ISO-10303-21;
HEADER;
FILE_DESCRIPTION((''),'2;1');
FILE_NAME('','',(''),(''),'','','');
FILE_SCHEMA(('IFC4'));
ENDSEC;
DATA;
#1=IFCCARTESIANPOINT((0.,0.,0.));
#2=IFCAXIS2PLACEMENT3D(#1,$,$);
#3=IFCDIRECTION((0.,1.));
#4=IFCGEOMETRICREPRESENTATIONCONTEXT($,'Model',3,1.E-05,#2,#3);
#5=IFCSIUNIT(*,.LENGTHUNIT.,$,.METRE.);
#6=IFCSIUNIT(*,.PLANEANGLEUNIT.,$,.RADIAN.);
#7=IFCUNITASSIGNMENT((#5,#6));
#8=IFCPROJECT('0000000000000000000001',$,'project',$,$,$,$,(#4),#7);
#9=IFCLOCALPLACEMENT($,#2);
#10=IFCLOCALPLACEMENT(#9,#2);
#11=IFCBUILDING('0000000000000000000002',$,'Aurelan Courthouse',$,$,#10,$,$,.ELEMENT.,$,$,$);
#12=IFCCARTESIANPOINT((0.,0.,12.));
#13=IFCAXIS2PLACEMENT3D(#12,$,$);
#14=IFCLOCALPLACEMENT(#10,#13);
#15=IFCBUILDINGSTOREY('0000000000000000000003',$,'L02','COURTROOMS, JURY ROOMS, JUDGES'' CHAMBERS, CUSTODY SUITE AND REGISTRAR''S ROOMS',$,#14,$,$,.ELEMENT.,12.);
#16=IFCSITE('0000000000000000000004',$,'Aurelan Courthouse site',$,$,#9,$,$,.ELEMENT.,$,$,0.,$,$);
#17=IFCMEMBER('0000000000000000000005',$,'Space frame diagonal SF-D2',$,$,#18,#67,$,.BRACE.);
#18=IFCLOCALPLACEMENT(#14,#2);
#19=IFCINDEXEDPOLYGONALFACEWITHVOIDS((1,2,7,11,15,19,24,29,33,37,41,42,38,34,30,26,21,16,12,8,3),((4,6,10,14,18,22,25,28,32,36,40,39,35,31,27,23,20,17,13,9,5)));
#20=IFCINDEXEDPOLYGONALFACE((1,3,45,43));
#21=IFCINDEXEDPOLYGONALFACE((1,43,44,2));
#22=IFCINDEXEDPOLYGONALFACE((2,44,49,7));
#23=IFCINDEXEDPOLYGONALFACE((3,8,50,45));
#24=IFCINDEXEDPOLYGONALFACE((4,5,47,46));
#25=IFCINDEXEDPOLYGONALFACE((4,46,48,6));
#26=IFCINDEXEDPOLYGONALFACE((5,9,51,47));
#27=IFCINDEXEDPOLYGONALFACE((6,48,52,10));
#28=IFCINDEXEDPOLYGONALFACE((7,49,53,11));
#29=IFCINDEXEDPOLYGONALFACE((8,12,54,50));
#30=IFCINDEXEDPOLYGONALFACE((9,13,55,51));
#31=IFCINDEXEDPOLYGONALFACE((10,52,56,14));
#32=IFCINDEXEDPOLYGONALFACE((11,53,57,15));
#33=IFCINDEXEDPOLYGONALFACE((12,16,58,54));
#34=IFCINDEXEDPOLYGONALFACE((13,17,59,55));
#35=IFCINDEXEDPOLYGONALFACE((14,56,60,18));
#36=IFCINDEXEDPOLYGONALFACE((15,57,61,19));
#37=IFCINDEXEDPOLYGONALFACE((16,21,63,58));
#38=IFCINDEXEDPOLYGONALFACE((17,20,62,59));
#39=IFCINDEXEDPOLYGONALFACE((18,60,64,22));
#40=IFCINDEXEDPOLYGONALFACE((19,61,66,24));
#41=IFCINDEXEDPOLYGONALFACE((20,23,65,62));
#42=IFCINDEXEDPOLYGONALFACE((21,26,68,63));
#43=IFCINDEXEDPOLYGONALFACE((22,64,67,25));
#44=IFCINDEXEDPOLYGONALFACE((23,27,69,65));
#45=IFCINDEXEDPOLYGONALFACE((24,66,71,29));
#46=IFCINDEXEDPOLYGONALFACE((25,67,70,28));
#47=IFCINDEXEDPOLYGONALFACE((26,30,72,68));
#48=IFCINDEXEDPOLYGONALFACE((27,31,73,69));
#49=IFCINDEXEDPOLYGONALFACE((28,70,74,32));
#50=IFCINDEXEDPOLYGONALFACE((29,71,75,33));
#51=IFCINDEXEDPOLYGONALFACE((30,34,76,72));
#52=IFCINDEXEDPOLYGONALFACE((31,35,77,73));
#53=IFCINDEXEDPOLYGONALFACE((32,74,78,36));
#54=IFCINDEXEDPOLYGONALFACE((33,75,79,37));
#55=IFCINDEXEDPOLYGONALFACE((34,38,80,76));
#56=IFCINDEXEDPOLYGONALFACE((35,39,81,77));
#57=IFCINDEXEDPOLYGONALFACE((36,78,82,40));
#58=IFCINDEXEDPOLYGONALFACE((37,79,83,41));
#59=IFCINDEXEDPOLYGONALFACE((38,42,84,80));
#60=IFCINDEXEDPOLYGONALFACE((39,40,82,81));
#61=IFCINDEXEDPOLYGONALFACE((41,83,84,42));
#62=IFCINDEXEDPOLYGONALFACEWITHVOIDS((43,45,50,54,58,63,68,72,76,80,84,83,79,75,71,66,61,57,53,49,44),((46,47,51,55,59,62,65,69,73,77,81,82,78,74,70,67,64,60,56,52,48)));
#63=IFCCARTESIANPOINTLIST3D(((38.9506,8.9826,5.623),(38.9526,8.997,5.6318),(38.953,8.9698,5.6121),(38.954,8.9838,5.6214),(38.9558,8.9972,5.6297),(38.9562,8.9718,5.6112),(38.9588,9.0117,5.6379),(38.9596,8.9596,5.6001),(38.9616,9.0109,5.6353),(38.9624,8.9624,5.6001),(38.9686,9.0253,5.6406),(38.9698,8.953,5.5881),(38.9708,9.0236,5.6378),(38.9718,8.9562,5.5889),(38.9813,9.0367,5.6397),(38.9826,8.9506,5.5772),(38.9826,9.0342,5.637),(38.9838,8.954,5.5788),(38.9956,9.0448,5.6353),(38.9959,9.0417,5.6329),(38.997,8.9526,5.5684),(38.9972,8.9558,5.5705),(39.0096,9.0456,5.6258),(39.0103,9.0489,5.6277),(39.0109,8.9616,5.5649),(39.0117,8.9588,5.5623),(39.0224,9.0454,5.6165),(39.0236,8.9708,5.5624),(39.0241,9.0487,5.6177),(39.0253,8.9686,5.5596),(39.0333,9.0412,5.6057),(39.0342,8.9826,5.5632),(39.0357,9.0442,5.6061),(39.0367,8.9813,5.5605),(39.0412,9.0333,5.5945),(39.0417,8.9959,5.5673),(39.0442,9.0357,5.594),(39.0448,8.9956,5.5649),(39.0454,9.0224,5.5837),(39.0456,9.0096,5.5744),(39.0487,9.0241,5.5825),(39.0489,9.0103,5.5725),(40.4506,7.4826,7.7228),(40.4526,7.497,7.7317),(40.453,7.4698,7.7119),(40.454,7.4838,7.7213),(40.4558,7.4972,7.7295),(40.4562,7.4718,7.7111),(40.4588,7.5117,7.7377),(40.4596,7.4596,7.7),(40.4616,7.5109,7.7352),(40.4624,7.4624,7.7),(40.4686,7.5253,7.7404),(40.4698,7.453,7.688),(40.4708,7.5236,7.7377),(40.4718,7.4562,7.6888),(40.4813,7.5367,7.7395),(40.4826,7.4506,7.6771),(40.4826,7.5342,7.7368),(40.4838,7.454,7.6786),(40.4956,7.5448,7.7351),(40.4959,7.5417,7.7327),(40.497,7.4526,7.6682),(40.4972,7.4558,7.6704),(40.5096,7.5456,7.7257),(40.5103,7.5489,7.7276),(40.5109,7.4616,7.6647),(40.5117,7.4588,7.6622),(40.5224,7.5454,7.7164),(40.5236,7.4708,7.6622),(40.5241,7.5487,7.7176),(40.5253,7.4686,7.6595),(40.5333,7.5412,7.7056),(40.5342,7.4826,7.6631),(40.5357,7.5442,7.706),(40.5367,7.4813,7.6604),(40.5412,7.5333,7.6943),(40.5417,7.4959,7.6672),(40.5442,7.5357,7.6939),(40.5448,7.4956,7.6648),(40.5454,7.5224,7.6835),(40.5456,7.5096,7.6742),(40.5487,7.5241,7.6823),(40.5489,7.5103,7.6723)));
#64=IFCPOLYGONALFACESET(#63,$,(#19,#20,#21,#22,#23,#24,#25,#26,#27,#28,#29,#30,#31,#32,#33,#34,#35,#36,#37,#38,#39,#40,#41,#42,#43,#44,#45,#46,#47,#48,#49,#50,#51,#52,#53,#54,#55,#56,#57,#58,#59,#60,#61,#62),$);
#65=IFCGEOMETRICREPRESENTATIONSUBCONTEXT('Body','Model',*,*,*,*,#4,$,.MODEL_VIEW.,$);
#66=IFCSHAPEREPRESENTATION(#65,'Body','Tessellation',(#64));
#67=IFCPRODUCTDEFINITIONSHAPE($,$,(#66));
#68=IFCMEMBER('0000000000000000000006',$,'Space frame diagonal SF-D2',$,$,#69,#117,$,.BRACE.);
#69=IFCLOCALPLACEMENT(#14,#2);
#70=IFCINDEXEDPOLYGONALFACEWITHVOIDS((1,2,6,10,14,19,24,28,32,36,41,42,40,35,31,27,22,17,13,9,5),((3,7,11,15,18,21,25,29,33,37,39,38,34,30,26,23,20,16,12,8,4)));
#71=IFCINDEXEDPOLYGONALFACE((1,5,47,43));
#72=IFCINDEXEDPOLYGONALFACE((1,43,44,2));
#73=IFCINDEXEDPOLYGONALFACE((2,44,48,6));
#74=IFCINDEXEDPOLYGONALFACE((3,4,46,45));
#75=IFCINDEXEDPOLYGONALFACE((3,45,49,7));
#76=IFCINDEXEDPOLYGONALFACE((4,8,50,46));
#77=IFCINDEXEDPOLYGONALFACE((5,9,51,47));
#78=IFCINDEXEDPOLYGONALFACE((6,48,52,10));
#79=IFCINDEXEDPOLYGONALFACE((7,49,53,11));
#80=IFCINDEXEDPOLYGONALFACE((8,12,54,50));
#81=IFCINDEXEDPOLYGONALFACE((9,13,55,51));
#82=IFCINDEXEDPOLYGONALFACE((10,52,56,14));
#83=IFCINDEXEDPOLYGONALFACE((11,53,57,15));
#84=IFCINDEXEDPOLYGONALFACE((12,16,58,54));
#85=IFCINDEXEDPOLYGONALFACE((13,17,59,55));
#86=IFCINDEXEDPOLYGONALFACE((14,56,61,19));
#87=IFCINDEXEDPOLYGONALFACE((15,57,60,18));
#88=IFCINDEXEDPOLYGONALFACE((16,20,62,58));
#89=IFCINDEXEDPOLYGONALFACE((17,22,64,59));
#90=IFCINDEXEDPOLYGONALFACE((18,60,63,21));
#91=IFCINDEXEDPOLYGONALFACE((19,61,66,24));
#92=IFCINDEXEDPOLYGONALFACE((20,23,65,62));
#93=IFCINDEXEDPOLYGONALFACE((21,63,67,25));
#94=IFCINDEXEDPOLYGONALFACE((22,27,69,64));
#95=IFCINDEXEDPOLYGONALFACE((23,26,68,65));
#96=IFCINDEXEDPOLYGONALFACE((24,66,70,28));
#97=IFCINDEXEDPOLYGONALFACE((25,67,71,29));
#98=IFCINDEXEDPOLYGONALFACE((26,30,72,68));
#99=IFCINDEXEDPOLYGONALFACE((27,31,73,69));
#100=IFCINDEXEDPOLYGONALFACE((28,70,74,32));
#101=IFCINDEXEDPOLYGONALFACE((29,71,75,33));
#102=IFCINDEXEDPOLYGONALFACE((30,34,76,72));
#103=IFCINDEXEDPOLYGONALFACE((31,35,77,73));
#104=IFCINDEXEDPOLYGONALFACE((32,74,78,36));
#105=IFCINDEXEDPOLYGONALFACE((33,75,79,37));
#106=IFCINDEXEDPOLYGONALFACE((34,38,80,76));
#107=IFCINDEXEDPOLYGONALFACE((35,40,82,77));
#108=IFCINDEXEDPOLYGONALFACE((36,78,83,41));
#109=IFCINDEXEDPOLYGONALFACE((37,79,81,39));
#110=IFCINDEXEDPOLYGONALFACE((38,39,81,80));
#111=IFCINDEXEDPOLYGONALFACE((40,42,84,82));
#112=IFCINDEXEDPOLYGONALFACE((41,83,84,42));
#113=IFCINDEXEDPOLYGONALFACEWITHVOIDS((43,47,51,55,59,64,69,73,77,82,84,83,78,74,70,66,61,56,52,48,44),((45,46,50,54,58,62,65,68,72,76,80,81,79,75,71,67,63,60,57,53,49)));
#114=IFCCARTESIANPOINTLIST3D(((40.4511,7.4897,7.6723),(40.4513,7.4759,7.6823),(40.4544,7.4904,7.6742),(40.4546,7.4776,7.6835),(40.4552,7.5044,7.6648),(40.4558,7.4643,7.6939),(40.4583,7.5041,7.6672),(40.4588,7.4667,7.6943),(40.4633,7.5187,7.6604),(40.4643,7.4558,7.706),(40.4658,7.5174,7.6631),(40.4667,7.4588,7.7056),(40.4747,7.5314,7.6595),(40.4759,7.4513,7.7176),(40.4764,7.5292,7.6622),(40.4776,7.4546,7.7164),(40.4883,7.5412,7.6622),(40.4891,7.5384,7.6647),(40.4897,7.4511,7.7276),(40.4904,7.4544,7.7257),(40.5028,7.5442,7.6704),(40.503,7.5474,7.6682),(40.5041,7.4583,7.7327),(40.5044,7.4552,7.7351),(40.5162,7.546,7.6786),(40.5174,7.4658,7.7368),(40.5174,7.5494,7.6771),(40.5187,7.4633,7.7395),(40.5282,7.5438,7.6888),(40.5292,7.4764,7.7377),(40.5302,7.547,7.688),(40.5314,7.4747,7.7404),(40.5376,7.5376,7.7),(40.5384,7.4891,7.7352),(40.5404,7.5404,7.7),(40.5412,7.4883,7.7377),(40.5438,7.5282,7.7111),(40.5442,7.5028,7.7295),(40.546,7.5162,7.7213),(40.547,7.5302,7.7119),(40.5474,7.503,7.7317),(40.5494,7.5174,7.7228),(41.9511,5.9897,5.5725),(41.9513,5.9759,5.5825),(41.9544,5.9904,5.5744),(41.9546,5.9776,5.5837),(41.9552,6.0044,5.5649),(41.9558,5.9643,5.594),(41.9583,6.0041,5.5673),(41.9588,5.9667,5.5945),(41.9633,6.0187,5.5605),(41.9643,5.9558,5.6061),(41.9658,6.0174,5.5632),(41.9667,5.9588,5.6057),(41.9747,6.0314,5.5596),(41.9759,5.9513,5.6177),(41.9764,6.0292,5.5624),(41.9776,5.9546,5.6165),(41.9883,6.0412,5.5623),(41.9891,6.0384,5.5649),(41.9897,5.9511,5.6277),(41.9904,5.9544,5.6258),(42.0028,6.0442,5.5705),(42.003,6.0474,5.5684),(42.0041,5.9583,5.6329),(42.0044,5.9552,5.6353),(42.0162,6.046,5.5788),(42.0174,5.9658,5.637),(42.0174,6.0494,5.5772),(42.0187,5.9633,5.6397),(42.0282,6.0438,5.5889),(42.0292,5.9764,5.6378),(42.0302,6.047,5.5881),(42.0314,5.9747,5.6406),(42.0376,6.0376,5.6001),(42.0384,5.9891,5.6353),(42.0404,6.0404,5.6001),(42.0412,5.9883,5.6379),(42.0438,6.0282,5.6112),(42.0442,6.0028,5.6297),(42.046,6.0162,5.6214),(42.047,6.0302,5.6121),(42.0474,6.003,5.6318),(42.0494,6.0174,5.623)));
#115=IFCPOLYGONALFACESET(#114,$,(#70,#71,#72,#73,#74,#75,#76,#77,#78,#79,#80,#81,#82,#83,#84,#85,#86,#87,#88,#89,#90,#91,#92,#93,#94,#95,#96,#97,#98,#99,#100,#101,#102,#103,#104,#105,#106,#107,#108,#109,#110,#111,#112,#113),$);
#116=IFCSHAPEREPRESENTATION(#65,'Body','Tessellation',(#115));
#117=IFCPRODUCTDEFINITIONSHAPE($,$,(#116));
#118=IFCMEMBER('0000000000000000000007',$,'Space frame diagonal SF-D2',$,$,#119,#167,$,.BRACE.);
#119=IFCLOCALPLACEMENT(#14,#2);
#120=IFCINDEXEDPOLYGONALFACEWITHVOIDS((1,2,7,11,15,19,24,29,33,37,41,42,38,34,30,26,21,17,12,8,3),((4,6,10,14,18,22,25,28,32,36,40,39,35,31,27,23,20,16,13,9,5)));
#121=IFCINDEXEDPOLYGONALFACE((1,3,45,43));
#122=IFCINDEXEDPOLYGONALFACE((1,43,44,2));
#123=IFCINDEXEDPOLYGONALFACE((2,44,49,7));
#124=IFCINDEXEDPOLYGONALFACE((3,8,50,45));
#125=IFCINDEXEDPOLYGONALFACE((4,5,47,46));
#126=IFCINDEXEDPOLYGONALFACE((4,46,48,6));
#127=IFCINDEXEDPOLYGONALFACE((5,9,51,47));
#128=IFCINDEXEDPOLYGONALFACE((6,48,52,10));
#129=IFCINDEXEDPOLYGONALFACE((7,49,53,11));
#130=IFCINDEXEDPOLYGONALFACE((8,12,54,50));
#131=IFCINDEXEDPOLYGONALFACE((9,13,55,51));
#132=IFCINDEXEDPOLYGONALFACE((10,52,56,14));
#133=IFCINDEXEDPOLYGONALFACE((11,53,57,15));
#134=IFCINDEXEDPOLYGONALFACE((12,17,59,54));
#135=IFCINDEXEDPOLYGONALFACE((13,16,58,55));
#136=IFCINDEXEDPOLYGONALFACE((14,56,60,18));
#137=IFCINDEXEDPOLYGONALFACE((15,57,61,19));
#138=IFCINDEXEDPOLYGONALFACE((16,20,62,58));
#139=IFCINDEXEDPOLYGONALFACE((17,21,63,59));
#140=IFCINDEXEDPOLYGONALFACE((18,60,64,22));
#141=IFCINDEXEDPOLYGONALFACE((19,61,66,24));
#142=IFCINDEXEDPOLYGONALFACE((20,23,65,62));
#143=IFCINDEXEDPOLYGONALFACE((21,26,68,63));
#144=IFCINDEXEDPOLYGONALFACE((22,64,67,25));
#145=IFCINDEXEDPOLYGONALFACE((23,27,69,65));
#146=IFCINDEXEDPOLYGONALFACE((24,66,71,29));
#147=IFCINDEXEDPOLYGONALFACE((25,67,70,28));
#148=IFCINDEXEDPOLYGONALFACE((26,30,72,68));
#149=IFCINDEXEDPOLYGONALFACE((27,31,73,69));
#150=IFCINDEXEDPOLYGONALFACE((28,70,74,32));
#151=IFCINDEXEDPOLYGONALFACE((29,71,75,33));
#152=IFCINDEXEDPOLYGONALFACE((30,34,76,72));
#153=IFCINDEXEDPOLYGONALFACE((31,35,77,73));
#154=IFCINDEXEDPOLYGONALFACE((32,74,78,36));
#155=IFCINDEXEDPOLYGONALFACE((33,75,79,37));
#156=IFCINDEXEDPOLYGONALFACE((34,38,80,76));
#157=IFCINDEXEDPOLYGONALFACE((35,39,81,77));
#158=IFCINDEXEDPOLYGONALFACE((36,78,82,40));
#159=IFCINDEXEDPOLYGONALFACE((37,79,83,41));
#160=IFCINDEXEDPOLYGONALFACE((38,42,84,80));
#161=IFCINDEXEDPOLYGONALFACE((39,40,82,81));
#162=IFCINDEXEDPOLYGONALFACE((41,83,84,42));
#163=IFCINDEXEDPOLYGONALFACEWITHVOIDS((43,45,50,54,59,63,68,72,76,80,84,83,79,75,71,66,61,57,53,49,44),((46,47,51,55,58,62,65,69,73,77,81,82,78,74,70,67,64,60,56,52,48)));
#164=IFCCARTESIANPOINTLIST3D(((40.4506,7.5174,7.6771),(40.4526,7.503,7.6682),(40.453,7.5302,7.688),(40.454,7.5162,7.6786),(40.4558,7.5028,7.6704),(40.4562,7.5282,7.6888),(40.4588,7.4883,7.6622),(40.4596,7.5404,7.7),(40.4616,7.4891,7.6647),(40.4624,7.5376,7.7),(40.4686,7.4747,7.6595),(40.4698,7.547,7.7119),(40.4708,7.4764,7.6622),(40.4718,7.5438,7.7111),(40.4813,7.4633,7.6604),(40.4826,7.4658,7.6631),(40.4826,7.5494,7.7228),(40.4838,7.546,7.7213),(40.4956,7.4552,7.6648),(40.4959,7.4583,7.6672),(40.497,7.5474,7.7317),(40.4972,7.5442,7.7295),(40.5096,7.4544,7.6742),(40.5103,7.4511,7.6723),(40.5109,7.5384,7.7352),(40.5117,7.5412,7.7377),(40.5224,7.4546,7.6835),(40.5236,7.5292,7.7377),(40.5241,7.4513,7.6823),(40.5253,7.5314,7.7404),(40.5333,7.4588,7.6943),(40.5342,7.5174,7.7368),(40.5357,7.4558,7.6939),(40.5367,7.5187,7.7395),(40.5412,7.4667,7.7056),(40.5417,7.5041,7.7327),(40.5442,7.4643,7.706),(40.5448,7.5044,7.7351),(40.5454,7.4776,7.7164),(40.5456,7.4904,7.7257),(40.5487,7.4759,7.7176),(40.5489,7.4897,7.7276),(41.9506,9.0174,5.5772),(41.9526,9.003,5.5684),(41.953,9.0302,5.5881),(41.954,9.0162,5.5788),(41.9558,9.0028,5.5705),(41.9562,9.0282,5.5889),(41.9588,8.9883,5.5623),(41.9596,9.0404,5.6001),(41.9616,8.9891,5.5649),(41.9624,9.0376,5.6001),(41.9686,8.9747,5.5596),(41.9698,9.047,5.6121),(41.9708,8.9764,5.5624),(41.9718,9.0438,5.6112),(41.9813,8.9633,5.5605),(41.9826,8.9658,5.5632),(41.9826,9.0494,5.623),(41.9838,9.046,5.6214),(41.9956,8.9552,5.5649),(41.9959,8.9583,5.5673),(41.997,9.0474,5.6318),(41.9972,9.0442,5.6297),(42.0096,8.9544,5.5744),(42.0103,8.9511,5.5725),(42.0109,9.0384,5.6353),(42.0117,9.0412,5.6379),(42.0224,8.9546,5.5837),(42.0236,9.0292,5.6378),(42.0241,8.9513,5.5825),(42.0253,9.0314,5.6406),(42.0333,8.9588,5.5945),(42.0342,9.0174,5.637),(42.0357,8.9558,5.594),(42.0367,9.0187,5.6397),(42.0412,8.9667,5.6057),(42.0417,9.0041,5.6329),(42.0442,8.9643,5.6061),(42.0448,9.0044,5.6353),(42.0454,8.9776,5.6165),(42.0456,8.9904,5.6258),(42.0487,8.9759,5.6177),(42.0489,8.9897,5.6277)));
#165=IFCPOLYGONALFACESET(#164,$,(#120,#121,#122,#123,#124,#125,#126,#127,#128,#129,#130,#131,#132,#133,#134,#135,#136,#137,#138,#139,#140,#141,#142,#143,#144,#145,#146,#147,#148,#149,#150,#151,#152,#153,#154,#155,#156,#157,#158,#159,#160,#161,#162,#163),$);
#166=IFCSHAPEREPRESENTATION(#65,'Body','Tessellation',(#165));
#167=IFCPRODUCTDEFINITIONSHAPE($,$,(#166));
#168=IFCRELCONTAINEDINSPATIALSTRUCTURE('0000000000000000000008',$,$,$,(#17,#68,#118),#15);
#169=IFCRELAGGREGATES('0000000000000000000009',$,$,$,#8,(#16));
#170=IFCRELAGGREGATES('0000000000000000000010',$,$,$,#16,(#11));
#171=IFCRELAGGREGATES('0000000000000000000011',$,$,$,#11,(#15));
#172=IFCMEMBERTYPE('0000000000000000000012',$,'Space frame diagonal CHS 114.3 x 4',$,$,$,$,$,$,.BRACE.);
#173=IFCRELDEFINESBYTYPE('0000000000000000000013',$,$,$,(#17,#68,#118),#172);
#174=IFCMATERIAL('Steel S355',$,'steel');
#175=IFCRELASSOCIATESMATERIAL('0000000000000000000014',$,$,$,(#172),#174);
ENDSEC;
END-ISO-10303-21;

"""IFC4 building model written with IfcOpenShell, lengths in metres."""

from ifc_helpers import new_model, si_unit, direction, frame, origin, origin_2d, place, context, subcontext, project, spatial, hollow_circle, extrude, material, material_profile, profile_set, type_object, element, save


model = new_model("IFC4")

# Units and contexts
model_context = context("Model", 3, precision=1e-05, world=origin(), true_north=direction((0.0, 1.0)))
body_context = subcontext(model_context, "Body", "Model", "MODEL_VIEW")
ifc_project = project(units=[si_unit("LENGTHUNIT", "METRE"), si_unit("PLANEANGLEUNIT", "RADIAN")], contexts=[model_context])

# Site, building, storey
site_placement = place(None, origin())
site = spatial("IfcSite", under=ifc_project, at=site_placement, Name="Aurelan Courthouse site", CompositionType="ELEMENT", RefElevation=0.0)
building_placement = place(site_placement, origin())
building = spatial("IfcBuilding", under=site, at=building_placement, Name="Aurelan Courthouse", CompositionType="ELEMENT")
storey_placement = place(building_placement, frame((0.0, 0.0, 12.0)))
storey = spatial("IfcBuildingStorey", under=building, at=storey_placement, Name="L02", Description="COURTROOMS, JURY ROOMS, JUDGES' CHAMBERS, CUSTODY SUITE AND REGISTRAR'S ROOMS", CompositionType="ELEMENT", Elevation=12.0)

# Members
ifc_material_1 = material(Name="Steel S355", Category="steel")
ifc_material_profile_1 = material_profile(ifc_material_1, hollow_circle(Radius=0.0571, WallThickness=0.0039, at=origin_2d()), Name="CHS 114.3 x 4")
ifc_profile_set_1 = profile_set([ifc_material_profile_1], Name="Steel S355")
member_type_1 = type_object("IfcMemberType", Name="Space frame diagonal CHS 114.3 x 4", PredefinedType="BRACE", material=ifc_profile_set_1)
for number, where, z_axis, x_axis, name in (
    (1, (40.5, 7.5, 7.7), (-0.502536, 0.502536, -0.703502), (-0.707107, -0.707107, 0.0), "Space frame diagonal SF-D2"),
    (2, (40.5, 7.5, 7.7), (0.502536, -0.502536, -0.703502), (0.707107, 0.707107, 0.0), "Space frame diagonal SF-D2"),
    (3, (40.5, 7.5, 7.7), (0.502536, 0.502536, -0.703502), (-0.707107, 0.707107, 0.0), "Space frame diagonal SF-D2"),
):
    element("IfcMember", number, at=place(storey_placement, frame(where, z_axis=z_axis, x_axis=x_axis)), inside=storey, type_object=member_type_1, Name=name, PredefinedType="BRACE", context=body_context, shape_type="SweptSolid", body=[
        extrude(hollow_circle(Radius=0.0571, WallThickness=0.0039, at=origin_2d()), origin(), (0.0, 0.0, 1.0), 2.9849),
    ])

save(model, "model.ifc")
